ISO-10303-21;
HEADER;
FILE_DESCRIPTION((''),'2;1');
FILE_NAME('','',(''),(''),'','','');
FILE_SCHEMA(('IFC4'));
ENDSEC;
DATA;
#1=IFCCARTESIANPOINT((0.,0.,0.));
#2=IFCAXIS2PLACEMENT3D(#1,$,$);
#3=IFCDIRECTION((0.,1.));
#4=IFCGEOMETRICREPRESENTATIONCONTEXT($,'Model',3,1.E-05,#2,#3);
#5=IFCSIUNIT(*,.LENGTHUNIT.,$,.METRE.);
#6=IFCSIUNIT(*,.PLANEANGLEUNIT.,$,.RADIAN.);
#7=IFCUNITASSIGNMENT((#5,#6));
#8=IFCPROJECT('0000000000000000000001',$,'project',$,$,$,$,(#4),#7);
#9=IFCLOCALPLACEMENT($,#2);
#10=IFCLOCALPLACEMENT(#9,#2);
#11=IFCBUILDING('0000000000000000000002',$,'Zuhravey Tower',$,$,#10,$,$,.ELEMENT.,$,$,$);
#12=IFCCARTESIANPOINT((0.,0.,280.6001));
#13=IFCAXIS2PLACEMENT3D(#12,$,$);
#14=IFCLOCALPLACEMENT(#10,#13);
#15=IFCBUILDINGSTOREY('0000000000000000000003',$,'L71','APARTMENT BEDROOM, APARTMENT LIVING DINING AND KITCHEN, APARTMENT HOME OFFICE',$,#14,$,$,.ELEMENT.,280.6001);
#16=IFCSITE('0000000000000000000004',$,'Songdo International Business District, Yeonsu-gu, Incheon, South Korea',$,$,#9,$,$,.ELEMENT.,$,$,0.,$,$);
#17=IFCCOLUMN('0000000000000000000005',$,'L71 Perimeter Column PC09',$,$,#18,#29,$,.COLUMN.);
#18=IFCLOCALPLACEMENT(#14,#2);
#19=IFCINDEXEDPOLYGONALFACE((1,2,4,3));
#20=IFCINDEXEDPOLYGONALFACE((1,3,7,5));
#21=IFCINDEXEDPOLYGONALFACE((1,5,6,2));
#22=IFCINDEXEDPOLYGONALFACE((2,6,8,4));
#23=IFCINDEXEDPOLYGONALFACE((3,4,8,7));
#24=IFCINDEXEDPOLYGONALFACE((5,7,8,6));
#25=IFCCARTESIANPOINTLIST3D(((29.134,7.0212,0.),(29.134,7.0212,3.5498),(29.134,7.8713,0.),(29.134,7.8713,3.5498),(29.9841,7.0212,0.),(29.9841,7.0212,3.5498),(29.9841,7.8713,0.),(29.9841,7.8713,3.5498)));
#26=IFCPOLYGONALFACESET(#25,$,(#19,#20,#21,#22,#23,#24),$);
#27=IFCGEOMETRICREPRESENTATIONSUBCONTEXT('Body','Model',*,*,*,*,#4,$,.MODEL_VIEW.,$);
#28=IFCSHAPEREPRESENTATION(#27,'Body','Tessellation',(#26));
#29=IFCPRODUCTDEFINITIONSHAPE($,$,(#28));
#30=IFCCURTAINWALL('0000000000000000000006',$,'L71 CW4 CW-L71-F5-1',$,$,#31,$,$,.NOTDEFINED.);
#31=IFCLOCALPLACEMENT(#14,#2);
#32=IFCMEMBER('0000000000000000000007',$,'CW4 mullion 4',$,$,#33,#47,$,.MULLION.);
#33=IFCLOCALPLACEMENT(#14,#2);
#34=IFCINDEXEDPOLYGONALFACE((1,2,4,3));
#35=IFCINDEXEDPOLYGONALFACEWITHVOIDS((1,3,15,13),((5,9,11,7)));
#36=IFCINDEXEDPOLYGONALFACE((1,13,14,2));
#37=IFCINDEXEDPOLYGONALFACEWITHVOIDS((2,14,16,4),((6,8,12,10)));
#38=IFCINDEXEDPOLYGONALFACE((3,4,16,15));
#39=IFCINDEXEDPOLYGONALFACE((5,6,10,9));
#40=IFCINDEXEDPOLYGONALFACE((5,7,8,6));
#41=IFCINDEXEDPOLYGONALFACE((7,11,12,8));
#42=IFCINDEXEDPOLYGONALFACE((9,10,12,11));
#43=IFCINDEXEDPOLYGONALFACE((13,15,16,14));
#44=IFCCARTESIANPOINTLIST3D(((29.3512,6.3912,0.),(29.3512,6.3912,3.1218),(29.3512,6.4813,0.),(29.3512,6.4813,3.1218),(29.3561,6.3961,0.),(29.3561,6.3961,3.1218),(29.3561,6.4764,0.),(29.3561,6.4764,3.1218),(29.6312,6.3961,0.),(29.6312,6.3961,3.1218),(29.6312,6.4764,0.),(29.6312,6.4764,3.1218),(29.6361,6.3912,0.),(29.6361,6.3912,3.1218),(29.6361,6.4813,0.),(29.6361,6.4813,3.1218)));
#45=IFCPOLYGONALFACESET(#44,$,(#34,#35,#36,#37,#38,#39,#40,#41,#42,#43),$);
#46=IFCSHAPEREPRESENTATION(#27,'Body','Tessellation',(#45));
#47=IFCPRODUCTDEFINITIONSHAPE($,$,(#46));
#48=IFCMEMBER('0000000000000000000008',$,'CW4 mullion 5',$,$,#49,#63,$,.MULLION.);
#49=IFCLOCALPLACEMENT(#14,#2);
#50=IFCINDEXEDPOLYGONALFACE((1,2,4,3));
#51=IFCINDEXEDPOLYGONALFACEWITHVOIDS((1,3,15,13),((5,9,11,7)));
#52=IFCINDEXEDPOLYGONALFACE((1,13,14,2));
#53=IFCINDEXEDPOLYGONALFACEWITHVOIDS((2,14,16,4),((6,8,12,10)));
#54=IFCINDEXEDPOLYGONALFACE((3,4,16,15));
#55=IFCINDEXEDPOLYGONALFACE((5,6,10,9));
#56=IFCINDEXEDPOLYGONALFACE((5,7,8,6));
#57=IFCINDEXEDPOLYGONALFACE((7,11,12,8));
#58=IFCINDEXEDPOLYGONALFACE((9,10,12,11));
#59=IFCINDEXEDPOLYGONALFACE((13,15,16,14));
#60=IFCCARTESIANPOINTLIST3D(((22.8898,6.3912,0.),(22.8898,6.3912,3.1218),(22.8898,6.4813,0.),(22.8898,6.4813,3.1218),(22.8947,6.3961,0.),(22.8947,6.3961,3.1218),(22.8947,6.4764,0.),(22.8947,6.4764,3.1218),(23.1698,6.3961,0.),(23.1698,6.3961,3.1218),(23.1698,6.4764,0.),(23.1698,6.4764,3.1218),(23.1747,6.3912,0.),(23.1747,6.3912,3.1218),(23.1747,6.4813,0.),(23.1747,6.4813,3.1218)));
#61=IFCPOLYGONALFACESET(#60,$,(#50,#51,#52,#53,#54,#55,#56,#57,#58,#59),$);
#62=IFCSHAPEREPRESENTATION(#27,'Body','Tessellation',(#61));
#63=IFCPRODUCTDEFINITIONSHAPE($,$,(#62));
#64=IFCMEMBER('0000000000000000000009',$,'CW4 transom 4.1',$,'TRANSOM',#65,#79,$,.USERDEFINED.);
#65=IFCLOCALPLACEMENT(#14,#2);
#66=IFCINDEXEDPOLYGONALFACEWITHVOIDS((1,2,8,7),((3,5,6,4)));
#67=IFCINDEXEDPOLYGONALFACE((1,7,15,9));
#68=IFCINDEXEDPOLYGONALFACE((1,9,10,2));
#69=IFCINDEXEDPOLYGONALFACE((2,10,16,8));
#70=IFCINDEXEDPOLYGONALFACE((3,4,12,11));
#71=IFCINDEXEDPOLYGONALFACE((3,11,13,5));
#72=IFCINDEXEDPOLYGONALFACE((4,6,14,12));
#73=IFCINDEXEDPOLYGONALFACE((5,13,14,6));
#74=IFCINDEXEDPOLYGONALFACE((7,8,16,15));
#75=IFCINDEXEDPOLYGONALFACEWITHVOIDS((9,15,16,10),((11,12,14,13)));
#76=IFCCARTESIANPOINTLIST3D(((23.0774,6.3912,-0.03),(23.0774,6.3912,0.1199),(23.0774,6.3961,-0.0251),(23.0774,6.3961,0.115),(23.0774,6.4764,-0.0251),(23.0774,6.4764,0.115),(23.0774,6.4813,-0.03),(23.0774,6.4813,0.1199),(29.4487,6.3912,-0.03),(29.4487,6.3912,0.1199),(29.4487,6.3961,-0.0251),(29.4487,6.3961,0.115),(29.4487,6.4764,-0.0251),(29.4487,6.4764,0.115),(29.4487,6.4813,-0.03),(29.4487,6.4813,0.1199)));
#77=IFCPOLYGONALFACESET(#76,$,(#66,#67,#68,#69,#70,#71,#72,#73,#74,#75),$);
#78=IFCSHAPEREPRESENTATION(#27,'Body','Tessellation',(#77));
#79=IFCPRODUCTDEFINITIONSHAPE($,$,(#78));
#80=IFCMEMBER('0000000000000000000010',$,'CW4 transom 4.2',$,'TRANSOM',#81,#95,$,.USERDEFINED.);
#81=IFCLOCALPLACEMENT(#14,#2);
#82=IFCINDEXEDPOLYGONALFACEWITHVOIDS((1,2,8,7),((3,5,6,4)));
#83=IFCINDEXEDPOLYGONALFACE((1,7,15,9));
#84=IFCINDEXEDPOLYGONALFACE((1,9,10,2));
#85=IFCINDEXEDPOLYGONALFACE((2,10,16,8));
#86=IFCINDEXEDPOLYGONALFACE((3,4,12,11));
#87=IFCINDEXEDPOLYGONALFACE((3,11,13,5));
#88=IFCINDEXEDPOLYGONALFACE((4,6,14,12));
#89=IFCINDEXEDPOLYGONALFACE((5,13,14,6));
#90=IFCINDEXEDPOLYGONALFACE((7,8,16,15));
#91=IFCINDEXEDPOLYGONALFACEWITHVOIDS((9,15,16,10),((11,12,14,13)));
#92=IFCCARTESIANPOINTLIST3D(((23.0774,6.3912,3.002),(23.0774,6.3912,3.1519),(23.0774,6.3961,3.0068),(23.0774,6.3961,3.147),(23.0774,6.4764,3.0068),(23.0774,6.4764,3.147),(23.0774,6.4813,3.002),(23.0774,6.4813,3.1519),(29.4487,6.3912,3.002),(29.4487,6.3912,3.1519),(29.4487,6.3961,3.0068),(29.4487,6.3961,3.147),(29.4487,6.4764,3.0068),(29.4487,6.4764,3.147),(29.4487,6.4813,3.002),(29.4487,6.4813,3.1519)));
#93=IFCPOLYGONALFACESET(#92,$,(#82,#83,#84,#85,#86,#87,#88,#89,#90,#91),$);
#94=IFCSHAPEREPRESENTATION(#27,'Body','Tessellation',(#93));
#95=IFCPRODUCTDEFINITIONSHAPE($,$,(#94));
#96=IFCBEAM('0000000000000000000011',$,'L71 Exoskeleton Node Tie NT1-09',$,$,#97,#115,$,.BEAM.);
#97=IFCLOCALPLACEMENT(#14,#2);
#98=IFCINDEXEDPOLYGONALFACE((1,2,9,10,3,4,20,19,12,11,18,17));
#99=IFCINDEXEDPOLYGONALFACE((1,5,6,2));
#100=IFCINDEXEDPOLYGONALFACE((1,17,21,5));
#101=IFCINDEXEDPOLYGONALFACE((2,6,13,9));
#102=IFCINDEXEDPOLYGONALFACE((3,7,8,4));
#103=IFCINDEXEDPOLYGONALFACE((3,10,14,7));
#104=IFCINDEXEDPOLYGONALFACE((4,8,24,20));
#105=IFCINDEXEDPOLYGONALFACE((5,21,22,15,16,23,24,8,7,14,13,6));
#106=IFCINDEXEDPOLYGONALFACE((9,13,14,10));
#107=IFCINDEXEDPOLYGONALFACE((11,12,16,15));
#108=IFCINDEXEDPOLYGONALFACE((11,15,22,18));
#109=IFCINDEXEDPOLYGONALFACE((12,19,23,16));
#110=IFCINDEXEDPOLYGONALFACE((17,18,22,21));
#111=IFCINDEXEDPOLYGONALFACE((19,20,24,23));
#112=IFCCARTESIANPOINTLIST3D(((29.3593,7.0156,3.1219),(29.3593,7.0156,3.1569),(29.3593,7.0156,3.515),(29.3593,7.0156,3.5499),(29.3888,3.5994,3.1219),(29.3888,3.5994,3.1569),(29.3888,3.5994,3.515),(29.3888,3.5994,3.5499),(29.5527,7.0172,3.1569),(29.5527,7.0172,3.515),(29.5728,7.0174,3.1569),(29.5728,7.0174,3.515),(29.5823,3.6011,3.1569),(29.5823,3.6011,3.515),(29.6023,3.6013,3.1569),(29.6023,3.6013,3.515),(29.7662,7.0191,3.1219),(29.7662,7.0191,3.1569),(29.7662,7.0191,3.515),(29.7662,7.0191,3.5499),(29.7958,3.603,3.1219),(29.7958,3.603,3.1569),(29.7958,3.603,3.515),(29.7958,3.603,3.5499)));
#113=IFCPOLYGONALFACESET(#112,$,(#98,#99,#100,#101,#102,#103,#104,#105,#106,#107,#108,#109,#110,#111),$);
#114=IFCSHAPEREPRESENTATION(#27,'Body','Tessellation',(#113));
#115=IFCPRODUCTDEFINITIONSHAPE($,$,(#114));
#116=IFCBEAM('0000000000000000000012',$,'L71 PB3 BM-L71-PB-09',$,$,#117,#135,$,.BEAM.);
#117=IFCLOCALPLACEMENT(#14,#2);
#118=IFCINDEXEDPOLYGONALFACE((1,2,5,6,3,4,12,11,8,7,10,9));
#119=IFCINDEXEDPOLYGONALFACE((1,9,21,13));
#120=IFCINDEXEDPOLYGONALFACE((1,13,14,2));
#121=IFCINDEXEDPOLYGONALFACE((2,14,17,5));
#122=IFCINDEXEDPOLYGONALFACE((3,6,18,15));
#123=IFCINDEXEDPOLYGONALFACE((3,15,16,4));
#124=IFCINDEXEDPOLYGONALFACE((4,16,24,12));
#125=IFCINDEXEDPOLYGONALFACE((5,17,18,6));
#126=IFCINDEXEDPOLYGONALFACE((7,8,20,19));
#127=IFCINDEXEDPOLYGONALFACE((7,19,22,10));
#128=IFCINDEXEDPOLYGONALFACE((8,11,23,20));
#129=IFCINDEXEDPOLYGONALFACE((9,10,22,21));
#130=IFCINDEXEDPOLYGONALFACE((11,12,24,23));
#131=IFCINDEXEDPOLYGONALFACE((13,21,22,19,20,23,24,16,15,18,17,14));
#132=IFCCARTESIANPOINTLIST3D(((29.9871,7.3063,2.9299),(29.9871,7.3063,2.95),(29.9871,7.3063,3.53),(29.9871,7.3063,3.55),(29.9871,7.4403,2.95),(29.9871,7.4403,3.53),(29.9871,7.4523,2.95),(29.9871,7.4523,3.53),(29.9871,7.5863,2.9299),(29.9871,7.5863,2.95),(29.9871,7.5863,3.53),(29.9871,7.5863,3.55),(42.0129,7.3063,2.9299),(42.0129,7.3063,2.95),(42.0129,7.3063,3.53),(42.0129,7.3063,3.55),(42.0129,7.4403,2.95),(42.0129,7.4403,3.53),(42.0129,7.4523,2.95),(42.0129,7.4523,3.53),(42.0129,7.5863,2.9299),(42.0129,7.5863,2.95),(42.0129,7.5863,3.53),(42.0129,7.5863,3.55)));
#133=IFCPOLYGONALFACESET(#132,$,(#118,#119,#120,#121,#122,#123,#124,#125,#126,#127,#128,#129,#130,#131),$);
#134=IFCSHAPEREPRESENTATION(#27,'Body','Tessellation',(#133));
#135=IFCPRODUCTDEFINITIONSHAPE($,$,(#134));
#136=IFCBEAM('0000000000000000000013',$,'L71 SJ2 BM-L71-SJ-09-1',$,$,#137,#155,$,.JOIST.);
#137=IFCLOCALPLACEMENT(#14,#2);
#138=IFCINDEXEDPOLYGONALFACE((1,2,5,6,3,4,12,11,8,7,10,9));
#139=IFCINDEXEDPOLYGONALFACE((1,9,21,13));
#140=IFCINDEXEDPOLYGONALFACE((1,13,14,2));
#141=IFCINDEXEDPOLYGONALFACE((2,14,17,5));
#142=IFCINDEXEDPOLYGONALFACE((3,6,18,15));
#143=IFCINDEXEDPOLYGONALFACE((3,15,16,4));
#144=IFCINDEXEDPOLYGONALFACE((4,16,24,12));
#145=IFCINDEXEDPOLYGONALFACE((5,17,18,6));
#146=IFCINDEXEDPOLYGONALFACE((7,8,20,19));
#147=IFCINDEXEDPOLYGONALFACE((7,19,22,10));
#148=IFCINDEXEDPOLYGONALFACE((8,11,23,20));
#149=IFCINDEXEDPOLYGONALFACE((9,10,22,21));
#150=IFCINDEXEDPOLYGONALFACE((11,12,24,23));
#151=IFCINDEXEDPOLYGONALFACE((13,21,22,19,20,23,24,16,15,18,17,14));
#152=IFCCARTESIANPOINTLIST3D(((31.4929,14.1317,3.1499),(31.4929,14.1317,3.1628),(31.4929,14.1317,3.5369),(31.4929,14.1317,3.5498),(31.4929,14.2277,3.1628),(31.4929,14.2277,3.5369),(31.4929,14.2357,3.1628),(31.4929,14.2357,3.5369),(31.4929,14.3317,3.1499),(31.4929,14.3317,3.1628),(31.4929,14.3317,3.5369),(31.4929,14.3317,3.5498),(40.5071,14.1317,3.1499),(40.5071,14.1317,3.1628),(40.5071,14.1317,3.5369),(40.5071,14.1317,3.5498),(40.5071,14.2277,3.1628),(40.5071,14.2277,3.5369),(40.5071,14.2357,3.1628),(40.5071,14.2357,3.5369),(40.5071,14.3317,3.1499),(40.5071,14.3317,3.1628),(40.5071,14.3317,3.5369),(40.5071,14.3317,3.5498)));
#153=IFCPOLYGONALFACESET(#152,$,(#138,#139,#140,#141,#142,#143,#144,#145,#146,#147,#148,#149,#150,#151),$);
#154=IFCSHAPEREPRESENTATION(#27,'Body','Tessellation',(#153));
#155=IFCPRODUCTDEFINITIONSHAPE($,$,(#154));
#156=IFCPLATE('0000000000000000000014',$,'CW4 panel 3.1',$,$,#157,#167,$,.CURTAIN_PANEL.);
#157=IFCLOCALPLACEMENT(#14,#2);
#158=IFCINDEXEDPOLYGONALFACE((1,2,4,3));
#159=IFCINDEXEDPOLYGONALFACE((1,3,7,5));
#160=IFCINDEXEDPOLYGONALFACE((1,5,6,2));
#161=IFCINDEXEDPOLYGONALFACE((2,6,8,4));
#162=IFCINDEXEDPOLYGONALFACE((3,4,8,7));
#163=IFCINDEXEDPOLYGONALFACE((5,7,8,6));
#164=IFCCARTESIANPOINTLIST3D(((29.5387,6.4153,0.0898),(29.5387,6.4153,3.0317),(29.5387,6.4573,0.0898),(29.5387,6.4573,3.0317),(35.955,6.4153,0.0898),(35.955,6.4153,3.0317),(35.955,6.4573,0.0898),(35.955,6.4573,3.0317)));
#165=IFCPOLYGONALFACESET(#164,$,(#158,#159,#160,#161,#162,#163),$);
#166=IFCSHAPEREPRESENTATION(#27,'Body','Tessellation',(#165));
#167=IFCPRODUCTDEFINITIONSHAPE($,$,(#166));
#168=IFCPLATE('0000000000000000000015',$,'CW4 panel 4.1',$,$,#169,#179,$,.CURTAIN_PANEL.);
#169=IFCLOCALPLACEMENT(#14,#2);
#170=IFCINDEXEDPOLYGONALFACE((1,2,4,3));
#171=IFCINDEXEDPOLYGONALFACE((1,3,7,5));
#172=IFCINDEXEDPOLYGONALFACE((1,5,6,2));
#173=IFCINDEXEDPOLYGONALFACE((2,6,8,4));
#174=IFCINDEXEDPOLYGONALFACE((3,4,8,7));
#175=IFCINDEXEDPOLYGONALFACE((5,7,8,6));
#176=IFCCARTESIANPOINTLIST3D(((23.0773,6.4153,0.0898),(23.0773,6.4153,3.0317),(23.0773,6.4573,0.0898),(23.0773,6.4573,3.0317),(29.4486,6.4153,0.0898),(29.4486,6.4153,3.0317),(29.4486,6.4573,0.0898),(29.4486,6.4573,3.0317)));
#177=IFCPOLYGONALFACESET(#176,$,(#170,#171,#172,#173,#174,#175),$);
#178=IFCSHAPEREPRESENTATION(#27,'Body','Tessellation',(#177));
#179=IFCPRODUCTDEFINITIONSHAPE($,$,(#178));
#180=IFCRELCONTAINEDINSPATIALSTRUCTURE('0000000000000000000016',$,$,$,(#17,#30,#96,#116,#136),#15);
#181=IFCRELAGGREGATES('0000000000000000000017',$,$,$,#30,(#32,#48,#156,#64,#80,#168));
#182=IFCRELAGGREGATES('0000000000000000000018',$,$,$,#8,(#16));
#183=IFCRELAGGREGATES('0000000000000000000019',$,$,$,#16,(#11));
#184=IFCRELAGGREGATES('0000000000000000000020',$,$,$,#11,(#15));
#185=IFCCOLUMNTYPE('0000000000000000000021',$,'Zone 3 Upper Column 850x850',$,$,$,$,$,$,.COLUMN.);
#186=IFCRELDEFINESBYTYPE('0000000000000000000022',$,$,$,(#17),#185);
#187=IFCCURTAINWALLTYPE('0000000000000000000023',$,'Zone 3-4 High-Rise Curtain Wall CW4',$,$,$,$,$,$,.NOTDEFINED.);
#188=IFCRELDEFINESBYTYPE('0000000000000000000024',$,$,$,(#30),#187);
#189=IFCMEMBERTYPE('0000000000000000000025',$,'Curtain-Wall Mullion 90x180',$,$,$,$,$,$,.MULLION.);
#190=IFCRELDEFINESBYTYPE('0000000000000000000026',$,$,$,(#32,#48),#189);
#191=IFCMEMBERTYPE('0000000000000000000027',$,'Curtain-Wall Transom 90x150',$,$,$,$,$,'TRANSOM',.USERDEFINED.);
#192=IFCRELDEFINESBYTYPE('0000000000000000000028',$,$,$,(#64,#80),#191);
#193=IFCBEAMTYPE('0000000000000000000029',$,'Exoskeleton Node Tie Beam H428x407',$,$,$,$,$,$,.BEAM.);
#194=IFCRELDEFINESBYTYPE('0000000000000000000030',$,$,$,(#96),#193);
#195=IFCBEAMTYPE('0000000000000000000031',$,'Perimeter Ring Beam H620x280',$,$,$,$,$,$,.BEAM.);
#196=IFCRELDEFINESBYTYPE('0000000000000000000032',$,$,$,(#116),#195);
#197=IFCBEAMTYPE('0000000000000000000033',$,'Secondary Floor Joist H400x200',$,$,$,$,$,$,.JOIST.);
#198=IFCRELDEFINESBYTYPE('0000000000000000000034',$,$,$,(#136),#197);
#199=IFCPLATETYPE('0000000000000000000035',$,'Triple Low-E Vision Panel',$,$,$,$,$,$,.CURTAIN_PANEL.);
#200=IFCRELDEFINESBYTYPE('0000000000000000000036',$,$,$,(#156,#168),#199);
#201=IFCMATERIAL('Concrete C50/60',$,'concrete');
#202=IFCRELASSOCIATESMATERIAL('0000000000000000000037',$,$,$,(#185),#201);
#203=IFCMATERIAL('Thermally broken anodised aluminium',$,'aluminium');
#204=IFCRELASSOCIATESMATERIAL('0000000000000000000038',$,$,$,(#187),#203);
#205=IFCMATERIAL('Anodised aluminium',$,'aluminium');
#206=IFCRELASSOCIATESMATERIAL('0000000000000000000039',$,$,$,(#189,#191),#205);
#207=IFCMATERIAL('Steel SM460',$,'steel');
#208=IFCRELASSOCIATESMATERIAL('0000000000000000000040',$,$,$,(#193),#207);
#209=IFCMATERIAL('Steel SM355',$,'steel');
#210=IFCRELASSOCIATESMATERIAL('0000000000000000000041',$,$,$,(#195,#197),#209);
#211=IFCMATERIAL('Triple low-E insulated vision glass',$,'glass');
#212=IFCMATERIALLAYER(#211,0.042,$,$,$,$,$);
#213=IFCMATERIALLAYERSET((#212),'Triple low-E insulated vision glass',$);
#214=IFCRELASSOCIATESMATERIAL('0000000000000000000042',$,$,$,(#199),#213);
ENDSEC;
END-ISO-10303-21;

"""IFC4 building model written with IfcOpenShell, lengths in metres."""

from ifc_helpers import new_model, si_unit, direction, frame, origin, origin_2d, place, context, subcontext, project, spatial, rectangle, hollow_rectangle, i_section, extrude, material, layer, layer_set, material_profile, profile_set, type_object, element, aggregate, save


model = new_model("IFC4")

# Units and contexts
model_context = context("Model", 3, precision=1e-05, world=origin(), true_north=direction((0.0, 1.0)))
body_context = subcontext(model_context, "Body", "Model", "MODEL_VIEW")
ifc_project = project(units=[si_unit("LENGTHUNIT", "METRE"), si_unit("PLANEANGLEUNIT", "RADIAN")], contexts=[model_context])

# Site, building, storey
site_placement = place(None, origin())
site = spatial("IfcSite", under=ifc_project, at=site_placement, Name="Songdo International Business District, Yeonsu-gu, Incheon, South Korea", CompositionType="ELEMENT", RefElevation=0.0)
building_placement = place(site_placement, origin())
building = spatial("IfcBuilding", under=site, at=building_placement, Name="Zuhravey Tower", CompositionType="ELEMENT")
storey_placement = place(building_placement, frame((0.0, 0.0, 280.6001)))
storey = spatial("IfcBuildingStorey", under=building, at=storey_placement, Name="L71", Description="APARTMENT BEDROOM, APARTMENT LIVING DINING AND KITCHEN, APARTMENT HOME OFFICE", CompositionType="ELEMENT", Elevation=280.6001)

# Column
ifc_material_1 = material(Name="Concrete C50/60", Category="concrete")
ifc_material_profile_1 = material_profile(ifc_material_1, rectangle(XDim=0.8501, YDim=0.8501, at=origin_2d()), Name="RC-850x850")
ifc_profile_set_1 = profile_set([ifc_material_profile_1], Name="Concrete C50/60")
column_type = type_object("IfcColumnType", Name="Zone 3 Upper Column 850x850", PredefinedType="COLUMN", material=ifc_profile_set_1)
column_placement = place(storey_placement, frame((29.5591, 7.4463, 0.0), z_axis=(0.0, 0.0, 1.0), x_axis=(1.0, 0.0, 0.0)))
element("IfcColumn", 1, at=column_placement, inside=storey, type_object=column_type, Name="L71 Perimeter Column PC09", PredefinedType="COLUMN", context=body_context, shape_type="SweptSolid", body=[
    extrude(rectangle(XDim=0.8501, YDim=0.8501, at=origin_2d()), origin(), (0.0, 0.0, 1.0), 3.5498),
])

# Curtain wall, members
ifc_material_2 = material(Name="Thermally broken anodised aluminium", Category="aluminium")
curtain_wall_type = type_object("IfcCurtainWallType", Name="Zone 3-4 High-Rise Curtain Wall CW4", PredefinedType="NOTDEFINED", material=ifc_material_2)
curtain_wall_placement = place(storey_placement, origin())
curtain_wall = element("IfcCurtainWall", 2, at=curtain_wall_placement, inside=storey, type_object=curtain_wall_type, Name="L71 CW4 CW-L71-F5-1", PredefinedType="NOTDEFINED")
ifc_material_3 = material(Name="Anodised aluminium", Category="aluminium")
ifc_material_profile_2 = material_profile(ifc_material_3, hollow_rectangle(XDim=0.0901, YDim=0.2849, WallThickness=0.0049, at=origin_2d()), Name="ALU-RHS-90x285x5")
ifc_profile_set_2 = profile_set([ifc_material_profile_2], Name="Anodised aluminium")
member_type_1 = type_object("IfcMemberType", Name="Curtain-Wall Mullion 90x180", PredefinedType="MULLION", material=ifc_profile_set_2)
member_1_placement = place(storey_placement, frame((29.4937, 6.4363, 0.0), z_axis=(0.0, 0.0, 1.0), x_axis=(0.0, -1.0, 0.0)))
member_1 = element("IfcMember", 3, at=member_1_placement, type_object=member_type_1, Name="CW4 mullion 4", PredefinedType="MULLION", context=body_context, shape_type="SweptSolid", body=[
    extrude(hollow_rectangle(XDim=0.0901, YDim=0.2849, WallThickness=0.0049, at=origin_2d()), origin(), (0.0, 0.0, 1.0), 3.1218),
])
member_2_placement = place(storey_placement, frame((23.0322, 6.4363, 0.0), z_axis=(0.0, 0.0, 1.0), x_axis=(0.0, -1.0, 0.0)))
member_2 = element("IfcMember", 4, at=member_2_placement, type_object=member_type_1, Name="CW4 mullion 5", PredefinedType="MULLION", context=body_context, shape_type="SweptSolid", body=[
    extrude(hollow_rectangle(XDim=0.0901, YDim=0.2849, WallThickness=0.0049, at=origin_2d()), origin(), (0.0, 0.0, 1.0), 3.1218),
])
ifc_material_profile_3 = material_profile(ifc_material_3, hollow_rectangle(XDim=0.0901, YDim=0.1499, WallThickness=0.0049, at=origin_2d()), Name="ALU-RHS-90x150x5")
ifc_profile_set_3 = profile_set([ifc_material_profile_3], Name="Anodised aluminium")
member_type_2 = type_object("IfcMemberType", Name="Curtain-Wall Transom 90x150", ElementType="TRANSOM", PredefinedType="USERDEFINED", material=ifc_profile_set_3)
member_3_placement = place(storey_placement, frame((29.4487, 6.4363, 0.0449), z_axis=(-1.0, 0.0, 0.0), x_axis=(0.0, -1.0, 0.0)))
member_3 = element("IfcMember", 5, at=member_3_placement, type_object=member_type_2, Name="CW4 transom 4.1", ObjectType="TRANSOM", PredefinedType="USERDEFINED", context=body_context, shape_type="SweptSolid", body=[
    extrude(hollow_rectangle(XDim=0.0901, YDim=0.1499, WallThickness=0.0049, at=origin_2d()), origin(), (0.0, 0.0, 1.0), 6.3713),
])
member_4_placement = place(storey_placement, frame((29.4487, 6.4363, 3.0769), z_axis=(-1.0, 0.0, 0.0), x_axis=(0.0, -1.0, 0.0)))
member_4 = element("IfcMember", 6, at=member_4_placement, type_object=member_type_2, Name="CW4 transom 4.2", ObjectType="TRANSOM", PredefinedType="USERDEFINED", context=body_context, shape_type="SweptSolid", body=[
    extrude(hollow_rectangle(XDim=0.0901, YDim=0.1499, WallThickness=0.0049, at=origin_2d()), origin(), (0.0, 0.0, 1.0), 6.3713),
])

# Beams
ifc_material_4 = material(Name="Steel SM460", Category="steel")
ifc_material_profile_4 = material_profile(ifc_material_4, i_section(OverallWidth=0.407, OverallDepth=0.428, WebThickness=0.02, FlangeThickness=0.0349, at=origin_2d()), Name="H-428x407x20x35")
ifc_profile_set_4 = profile_set([ifc_material_profile_4], Name="Steel SM460")
beam_type_1 = type_object("IfcBeamType", Name="Exoskeleton Node Tie Beam H428x407", PredefinedType="BEAM", material=ifc_profile_set_4)
beam_1_placement = place(storey_placement, frame((29.5627, 7.0173, 3.3359), z_axis=(0.008647, -0.999963, 0.0), x_axis=(0.999963, 0.008647, 0.0)))
element("IfcBeam", 7, at=beam_1_placement, inside=storey, type_object=beam_type_1, Name="L71 Exoskeleton Node Tie NT1-09", PredefinedType="BEAM", context=body_context, shape_type="SweptSolid", body=[
    extrude(i_section(OverallWidth=0.407, OverallDepth=0.428, WebThickness=0.02, FlangeThickness=0.0349, at=origin_2d()), origin(), (0.0, 0.0, 1.0), 3.4163),
])
ifc_material_5 = material(Name="Steel SM355", Category="steel")
ifc_material_profile_5 = material_profile(ifc_material_5, i_section(OverallWidth=0.28, OverallDepth=0.6201, WebThickness=0.012, FlangeThickness=0.02, at=origin_2d()), Name="H-620x280x12x20")
ifc_profile_set_5 = profile_set([ifc_material_profile_5], Name="Steel SM355")
beam_type_2 = type_object("IfcBeamType", Name="Perimeter Ring Beam H620x280", PredefinedType="BEAM", material=ifc_profile_set_5)
beam_2_placement = place(storey_placement, frame((29.9871, 7.4463, 3.24), z_axis=(1.0, 0.0, 0.0), x_axis=(0.0, 1.0, 0.0)))
element("IfcBeam", 8, at=beam_2_placement, inside=storey, type_object=beam_type_2, Name="L71 PB3 BM-L71-PB-09", PredefinedType="BEAM", context=body_context, shape_type="SweptSolid", body=[
    extrude(i_section(OverallWidth=0.28, OverallDepth=0.6201, WebThickness=0.012, FlangeThickness=0.02, at=origin_2d()), origin(), (0.0, 0.0, 1.0), 12.0259),
])
ifc_material_profile_6 = material_profile(ifc_material_5, i_section(OverallWidth=0.2, OverallDepth=0.3999, WebThickness=0.0081, FlangeThickness=0.0129, at=origin_2d()), Name="H-400x200x8x13")
ifc_profile_set_6 = profile_set([ifc_material_profile_6], Name="Steel SM355")
beam_type_3 = type_object("IfcBeamType", Name="Secondary Floor Joist H400x200", PredefinedType="JOIST", material=ifc_profile_set_6)
beam_3_placement = place(storey_placement, frame((31.4929, 14.2317, 3.3499), z_axis=(1.0, 0.0, 0.0), x_axis=(0.0, 1.0, 0.0)))
element("IfcBeam", 9, at=beam_3_placement, inside=storey, type_object=beam_type_3, Name="L71 SJ2 BM-L71-SJ-09-1", PredefinedType="JOIST", context=body_context, shape_type="SweptSolid", body=[
    extrude(i_section(OverallWidth=0.2, OverallDepth=0.3999, WebThickness=0.0081, FlangeThickness=0.0129, at=origin_2d()), origin(), (0.0, 0.0, 1.0), 9.0142),
])

# Plates
ifc_material_6 = material(Name="Triple low-E insulated vision glass", Category="glass")
ifc_layer_1 = layer(ifc_material_6, 0.042)
ifc_layer_set_1 = layer_set([ifc_layer_1], Name="Triple low-E insulated vision glass")
plate_type = type_object("IfcPlateType", Name="Triple Low-E Vision Panel", PredefinedType="CURTAIN_PANEL", material=ifc_layer_set_1)
plate_1_placement = place(storey_placement, frame((32.7468, 6.4363, 0.0898), z_axis=(0.0, 0.0, 1.0), x_axis=(-1.0, 0.0, 0.0)))
plate_1 = element("IfcPlate", 10, at=plate_1_placement, type_object=plate_type, Name="CW4 panel 3.1", PredefinedType="CURTAIN_PANEL", context=body_context, shape_type="SweptSolid", body=[
    extrude(rectangle(XDim=6.4163, YDim=0.042, at=origin_2d()), origin(), (0.0, 0.0, 1.0), 2.9419),
])
plate_2_placement = place(storey_placement, frame((26.2629, 6.4363, 0.0898), z_axis=(0.0, 0.0, 1.0), x_axis=(-1.0, 0.0, 0.0)))
plate_2 = element("IfcPlate", 11, at=plate_2_placement, type_object=plate_type, Name="CW4 panel 4.1", PredefinedType="CURTAIN_PANEL", context=body_context, shape_type="SweptSolid", body=[
    extrude(rectangle(XDim=6.3713, YDim=0.042, at=origin_2d()), origin(), (0.0, 0.0, 1.0), 2.9419),
])
aggregate(curtain_wall, [member_1, member_2, plate_1, member_3, member_4, plate_2])

save(model, "model.ifc")
